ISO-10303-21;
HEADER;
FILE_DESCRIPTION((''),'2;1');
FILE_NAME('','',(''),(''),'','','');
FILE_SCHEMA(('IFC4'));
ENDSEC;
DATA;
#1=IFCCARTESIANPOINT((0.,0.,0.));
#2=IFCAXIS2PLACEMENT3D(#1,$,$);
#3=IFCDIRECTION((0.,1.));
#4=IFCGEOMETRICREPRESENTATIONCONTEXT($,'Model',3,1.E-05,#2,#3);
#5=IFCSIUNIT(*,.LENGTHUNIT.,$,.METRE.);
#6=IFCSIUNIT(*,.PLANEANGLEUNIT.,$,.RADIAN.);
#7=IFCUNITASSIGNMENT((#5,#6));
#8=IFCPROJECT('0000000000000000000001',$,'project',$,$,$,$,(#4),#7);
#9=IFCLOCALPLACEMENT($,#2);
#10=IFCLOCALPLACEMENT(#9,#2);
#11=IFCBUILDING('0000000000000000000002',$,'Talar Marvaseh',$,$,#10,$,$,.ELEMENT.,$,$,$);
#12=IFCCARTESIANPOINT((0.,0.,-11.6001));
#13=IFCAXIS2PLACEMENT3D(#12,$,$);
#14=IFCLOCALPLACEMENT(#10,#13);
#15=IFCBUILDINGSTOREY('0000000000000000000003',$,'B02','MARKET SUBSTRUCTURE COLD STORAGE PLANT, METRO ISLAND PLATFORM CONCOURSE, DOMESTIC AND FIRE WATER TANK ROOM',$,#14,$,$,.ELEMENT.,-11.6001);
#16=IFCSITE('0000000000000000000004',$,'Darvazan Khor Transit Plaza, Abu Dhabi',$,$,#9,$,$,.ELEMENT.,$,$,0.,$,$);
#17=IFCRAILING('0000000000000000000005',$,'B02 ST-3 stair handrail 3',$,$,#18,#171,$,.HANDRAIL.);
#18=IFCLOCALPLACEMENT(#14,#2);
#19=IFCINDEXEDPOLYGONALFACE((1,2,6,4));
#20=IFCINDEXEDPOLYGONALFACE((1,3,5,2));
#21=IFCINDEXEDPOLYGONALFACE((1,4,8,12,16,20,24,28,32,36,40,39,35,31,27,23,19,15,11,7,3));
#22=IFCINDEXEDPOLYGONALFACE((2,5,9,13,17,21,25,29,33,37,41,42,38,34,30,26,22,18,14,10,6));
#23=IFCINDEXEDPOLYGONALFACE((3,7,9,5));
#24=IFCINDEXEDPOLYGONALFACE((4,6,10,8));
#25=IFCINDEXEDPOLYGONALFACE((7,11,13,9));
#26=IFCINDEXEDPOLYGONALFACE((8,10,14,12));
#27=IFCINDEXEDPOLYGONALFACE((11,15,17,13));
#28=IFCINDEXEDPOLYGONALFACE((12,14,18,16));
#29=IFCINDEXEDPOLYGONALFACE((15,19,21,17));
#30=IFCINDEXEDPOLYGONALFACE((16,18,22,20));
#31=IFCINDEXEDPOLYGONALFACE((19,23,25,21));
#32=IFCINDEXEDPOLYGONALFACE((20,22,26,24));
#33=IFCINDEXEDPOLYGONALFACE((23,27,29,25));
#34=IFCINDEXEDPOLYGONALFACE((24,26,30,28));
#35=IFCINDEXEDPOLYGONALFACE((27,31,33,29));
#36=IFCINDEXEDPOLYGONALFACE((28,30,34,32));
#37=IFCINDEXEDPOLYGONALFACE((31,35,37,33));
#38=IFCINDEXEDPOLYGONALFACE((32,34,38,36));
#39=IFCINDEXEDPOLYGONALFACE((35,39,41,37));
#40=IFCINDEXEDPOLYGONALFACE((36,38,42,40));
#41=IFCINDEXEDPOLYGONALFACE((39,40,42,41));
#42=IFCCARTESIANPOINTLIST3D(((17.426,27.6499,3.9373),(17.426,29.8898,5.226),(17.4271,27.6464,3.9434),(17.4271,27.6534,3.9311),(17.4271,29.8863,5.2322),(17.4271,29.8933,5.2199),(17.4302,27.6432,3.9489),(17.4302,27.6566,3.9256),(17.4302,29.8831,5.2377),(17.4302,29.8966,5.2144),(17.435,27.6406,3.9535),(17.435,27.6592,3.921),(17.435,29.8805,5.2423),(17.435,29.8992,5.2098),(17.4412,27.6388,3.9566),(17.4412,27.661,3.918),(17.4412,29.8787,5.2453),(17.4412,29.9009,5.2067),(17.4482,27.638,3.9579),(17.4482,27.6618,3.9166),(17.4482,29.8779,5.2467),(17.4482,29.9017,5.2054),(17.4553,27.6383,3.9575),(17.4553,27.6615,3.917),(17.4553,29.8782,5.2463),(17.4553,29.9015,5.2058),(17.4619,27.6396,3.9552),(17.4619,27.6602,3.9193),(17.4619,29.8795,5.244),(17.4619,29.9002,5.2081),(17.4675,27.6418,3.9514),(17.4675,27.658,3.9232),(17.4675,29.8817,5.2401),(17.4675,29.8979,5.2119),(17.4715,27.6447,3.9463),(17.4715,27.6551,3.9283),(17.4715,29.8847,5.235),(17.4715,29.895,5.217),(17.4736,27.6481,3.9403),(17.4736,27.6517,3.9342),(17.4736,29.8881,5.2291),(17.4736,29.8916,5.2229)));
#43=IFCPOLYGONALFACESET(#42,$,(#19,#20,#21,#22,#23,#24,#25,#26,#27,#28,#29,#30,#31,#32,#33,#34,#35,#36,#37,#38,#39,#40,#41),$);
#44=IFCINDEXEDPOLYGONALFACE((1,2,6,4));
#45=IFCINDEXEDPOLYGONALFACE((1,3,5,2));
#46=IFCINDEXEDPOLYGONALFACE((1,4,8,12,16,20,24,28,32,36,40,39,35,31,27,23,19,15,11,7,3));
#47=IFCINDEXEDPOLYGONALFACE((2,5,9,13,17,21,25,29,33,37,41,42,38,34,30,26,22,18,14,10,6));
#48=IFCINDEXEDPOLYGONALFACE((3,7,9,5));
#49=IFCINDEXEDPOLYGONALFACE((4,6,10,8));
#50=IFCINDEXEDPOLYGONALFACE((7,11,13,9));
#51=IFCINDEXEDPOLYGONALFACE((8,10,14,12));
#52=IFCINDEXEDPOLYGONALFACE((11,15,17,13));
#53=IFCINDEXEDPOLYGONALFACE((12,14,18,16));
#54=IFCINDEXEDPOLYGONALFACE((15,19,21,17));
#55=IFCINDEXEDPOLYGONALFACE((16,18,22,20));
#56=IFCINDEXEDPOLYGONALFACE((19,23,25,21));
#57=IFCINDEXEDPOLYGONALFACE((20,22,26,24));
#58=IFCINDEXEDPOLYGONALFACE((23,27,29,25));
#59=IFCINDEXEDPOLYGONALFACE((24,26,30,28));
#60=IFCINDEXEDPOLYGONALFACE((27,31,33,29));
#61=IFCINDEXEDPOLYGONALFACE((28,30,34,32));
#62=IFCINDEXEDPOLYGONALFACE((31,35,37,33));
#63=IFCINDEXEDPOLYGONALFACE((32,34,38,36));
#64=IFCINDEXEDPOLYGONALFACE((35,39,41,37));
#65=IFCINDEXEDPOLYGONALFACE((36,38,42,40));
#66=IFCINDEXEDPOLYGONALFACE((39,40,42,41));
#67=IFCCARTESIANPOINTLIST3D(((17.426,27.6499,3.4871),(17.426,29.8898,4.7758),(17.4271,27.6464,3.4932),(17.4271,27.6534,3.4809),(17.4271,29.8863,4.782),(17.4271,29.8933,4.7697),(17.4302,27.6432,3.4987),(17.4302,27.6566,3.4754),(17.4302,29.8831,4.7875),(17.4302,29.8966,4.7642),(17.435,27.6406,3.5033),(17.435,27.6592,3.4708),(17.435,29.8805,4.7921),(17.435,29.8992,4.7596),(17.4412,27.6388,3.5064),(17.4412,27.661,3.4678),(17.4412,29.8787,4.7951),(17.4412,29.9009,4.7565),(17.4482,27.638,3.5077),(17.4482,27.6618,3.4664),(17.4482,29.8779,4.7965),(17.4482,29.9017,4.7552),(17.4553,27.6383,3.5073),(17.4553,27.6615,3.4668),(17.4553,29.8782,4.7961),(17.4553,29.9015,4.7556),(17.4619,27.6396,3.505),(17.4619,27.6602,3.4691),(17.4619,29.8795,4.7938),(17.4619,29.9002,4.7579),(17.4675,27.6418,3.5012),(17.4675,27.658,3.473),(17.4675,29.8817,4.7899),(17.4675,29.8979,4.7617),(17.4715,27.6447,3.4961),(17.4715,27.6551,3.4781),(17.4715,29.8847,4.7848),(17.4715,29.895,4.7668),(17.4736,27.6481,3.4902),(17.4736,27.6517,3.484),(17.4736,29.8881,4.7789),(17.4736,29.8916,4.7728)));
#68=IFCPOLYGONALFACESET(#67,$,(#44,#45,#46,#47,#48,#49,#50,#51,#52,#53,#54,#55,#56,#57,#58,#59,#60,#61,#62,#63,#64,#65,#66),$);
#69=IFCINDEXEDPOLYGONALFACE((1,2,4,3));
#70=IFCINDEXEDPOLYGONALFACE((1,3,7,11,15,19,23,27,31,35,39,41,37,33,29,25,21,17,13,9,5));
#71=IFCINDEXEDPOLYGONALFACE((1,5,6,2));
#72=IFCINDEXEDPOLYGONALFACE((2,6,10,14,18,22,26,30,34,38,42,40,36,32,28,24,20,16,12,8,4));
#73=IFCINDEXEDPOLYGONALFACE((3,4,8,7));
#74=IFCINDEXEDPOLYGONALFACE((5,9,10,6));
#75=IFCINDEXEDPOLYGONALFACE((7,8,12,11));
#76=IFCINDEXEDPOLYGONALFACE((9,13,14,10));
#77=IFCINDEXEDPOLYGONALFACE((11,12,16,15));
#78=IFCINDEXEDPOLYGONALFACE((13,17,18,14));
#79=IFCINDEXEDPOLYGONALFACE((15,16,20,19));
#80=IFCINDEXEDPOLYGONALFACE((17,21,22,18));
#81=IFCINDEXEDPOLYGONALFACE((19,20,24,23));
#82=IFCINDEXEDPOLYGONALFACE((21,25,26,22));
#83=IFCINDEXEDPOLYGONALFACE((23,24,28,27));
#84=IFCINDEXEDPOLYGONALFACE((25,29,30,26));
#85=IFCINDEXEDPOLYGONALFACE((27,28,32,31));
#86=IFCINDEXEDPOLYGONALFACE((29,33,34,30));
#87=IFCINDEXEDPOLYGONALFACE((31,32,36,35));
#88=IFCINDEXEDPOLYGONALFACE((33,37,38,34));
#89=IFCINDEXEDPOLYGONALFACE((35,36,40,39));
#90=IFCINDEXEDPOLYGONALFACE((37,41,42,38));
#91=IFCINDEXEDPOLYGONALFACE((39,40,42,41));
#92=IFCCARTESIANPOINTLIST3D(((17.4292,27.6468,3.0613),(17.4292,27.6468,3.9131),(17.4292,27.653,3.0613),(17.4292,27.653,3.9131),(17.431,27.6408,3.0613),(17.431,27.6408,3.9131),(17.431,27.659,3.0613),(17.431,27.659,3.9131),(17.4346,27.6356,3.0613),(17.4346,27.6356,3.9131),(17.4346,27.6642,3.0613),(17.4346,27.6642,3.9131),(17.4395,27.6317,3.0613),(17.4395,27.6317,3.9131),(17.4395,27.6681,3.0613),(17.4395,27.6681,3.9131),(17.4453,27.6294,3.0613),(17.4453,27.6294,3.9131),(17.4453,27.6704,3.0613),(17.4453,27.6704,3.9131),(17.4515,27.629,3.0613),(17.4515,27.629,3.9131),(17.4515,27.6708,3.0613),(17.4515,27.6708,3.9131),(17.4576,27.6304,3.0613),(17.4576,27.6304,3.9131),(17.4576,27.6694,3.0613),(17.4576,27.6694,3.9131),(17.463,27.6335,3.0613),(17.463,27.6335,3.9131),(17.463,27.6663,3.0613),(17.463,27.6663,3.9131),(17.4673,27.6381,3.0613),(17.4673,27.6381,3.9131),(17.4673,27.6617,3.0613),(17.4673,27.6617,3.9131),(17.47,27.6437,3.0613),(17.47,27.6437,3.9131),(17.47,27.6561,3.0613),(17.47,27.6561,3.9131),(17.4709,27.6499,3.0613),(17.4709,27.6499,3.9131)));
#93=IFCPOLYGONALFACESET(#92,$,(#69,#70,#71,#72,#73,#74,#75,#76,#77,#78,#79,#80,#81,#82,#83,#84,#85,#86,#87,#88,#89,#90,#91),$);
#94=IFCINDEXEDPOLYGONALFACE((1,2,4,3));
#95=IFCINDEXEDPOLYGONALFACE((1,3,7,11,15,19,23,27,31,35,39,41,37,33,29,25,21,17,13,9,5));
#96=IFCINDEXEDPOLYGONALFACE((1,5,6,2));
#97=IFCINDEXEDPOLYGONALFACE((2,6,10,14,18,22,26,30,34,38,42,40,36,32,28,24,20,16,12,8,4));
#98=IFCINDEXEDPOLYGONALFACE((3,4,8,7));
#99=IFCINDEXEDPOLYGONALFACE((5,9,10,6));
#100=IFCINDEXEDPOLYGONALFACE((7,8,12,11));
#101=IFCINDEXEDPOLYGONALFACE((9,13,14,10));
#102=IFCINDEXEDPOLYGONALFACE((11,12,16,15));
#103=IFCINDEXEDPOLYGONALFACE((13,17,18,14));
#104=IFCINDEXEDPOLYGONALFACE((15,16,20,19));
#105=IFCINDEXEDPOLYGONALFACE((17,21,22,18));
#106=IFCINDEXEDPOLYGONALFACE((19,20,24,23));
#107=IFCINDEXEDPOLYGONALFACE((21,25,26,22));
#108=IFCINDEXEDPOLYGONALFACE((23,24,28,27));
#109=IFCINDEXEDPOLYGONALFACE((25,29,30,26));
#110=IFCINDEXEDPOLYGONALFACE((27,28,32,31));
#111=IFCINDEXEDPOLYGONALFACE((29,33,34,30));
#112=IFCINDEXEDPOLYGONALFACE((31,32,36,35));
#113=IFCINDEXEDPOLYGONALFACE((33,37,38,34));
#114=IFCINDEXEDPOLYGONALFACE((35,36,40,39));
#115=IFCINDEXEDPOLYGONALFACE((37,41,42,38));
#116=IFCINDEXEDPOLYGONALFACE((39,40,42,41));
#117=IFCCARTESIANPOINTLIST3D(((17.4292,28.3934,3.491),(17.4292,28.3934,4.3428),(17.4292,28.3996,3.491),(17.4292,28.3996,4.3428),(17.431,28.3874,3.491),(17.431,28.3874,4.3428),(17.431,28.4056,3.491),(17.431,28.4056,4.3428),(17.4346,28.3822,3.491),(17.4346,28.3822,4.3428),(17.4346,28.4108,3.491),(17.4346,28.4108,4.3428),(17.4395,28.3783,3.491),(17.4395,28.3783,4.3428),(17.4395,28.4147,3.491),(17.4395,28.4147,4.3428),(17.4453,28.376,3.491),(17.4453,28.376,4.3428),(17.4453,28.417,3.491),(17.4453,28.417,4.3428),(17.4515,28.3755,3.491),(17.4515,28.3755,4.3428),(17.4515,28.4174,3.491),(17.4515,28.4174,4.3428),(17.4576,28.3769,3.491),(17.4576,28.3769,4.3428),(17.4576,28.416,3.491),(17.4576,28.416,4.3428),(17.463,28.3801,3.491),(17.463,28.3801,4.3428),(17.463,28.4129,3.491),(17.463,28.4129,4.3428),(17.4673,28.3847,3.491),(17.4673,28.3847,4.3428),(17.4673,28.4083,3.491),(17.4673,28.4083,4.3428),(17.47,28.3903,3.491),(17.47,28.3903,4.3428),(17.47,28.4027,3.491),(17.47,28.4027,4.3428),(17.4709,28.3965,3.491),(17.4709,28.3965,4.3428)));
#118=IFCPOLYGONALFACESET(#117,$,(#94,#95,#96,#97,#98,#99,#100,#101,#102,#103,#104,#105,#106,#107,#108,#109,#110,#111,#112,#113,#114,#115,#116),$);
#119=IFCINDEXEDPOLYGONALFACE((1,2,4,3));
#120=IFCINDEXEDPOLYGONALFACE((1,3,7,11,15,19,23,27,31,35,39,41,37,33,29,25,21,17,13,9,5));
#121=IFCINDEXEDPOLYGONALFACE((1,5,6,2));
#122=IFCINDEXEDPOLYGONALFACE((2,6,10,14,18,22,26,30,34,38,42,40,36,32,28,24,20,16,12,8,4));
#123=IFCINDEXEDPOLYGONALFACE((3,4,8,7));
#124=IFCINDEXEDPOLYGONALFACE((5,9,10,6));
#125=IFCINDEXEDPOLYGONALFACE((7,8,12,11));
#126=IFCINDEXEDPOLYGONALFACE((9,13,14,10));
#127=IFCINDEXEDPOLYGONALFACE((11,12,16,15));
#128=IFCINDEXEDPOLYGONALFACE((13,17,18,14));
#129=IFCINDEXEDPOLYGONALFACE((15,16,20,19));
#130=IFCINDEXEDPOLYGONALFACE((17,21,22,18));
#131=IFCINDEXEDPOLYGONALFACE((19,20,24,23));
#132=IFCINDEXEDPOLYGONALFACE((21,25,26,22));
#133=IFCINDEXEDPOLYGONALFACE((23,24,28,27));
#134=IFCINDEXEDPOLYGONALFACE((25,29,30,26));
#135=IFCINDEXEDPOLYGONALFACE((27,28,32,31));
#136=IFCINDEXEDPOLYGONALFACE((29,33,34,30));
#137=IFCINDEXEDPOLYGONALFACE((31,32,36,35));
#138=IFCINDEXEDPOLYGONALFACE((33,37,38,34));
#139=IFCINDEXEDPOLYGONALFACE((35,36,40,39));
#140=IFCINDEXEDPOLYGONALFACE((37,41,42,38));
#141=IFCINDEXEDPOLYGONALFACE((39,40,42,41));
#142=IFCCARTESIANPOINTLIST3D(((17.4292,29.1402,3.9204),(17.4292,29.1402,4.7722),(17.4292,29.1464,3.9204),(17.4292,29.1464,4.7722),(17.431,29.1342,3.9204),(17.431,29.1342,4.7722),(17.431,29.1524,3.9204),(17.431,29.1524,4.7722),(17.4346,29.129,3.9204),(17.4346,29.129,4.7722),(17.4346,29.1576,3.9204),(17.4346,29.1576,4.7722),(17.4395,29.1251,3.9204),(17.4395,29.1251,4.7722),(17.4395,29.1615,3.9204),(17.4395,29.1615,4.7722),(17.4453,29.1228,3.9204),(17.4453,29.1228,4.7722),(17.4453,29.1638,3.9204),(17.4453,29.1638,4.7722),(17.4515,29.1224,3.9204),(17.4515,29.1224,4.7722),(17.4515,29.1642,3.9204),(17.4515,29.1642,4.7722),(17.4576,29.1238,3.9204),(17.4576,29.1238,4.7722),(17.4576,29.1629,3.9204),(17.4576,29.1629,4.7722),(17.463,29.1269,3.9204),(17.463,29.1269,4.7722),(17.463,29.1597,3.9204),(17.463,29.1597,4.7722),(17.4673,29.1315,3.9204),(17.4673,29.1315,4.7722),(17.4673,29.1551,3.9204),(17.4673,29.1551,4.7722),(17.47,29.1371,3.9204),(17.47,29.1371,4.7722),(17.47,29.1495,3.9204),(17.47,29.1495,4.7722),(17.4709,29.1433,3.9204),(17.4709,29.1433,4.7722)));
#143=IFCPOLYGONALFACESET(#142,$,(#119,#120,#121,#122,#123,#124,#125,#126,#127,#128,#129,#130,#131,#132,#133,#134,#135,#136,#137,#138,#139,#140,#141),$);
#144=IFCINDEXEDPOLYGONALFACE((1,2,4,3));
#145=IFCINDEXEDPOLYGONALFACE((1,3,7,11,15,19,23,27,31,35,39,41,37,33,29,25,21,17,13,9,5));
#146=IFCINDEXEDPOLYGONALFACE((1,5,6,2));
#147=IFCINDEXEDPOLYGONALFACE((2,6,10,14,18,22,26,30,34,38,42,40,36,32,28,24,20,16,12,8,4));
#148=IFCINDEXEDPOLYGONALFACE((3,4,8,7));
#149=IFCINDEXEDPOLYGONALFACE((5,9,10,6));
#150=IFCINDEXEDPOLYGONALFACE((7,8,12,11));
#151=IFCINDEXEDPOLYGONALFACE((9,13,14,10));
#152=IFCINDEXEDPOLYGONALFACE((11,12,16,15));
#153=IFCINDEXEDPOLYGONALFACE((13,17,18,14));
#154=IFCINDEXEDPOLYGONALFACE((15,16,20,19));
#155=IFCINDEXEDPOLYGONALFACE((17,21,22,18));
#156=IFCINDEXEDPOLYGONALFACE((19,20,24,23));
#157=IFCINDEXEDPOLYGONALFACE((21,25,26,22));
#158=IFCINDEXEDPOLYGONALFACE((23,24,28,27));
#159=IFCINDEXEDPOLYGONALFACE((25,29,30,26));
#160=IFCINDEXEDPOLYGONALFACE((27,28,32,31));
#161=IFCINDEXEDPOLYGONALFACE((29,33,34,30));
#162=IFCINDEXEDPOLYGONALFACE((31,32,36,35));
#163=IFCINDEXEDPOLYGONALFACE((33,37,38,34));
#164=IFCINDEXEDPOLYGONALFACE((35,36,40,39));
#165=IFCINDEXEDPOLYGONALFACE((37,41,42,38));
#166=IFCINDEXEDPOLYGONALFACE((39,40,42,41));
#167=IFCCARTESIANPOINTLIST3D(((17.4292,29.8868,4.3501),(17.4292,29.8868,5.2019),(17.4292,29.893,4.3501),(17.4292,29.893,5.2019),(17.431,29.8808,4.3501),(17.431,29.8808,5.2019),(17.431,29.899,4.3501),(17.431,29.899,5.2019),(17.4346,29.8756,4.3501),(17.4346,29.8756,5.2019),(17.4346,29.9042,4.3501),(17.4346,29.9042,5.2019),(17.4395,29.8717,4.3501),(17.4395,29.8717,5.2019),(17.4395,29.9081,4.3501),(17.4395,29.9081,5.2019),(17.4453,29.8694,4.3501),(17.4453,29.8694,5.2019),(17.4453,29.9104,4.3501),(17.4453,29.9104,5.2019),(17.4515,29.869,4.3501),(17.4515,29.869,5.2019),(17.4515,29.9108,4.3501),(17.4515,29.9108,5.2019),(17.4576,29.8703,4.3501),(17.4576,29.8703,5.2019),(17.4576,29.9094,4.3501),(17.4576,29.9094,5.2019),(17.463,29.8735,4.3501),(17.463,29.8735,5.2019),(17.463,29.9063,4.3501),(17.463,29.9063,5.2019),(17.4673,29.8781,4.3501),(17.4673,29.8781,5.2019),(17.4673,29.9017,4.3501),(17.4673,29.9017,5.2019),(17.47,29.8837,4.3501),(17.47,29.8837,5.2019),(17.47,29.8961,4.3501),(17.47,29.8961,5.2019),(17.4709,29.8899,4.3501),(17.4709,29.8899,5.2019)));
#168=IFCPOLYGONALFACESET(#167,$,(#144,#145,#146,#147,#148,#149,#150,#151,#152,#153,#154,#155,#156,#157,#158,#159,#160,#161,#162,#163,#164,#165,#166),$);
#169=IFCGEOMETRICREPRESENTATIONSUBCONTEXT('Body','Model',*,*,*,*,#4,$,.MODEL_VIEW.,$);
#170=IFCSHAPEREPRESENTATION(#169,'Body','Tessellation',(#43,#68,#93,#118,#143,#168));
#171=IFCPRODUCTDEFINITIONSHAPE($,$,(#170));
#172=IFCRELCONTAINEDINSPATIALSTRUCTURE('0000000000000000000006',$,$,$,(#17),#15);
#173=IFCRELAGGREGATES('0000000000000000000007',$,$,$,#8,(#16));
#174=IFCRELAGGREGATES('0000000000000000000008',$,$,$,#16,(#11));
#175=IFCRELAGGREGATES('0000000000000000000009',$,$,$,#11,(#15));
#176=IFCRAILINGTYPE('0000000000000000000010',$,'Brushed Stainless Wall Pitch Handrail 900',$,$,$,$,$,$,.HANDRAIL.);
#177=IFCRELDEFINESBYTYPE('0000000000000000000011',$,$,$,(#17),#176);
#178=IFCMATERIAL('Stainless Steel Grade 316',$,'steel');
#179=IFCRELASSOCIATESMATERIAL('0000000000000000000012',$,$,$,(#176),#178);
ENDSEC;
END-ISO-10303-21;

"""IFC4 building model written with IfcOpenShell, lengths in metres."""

from ifc_helpers import new_model, si_unit, direction, frame, origin, origin_2d, place, context, subcontext, project, spatial, circle, extrude, material, type_object, element, save


model = new_model("IFC4")

# Units and contexts
model_context = context("Model", 3, precision=1e-05, world=origin(), true_north=direction((0.0, 1.0)))
body_context = subcontext(model_context, "Body", "Model", "MODEL_VIEW")
ifc_project = project(units=[si_unit("LENGTHUNIT", "METRE"), si_unit("PLANEANGLEUNIT", "RADIAN")], contexts=[model_context])

# Site, building, storey
site_placement = place(None, origin())
site = spatial("IfcSite", under=ifc_project, at=site_placement, Name="Darvazan Khor Transit Plaza, Abu Dhabi", CompositionType="ELEMENT", RefElevation=0.0)
building_placement = place(site_placement, origin())
building = spatial("IfcBuilding", under=site, at=building_placement, Name="Talar Marvaseh", CompositionType="ELEMENT")
storey_placement = place(building_placement, frame((0.0, 0.0, -11.6001)))
storey = spatial("IfcBuildingStorey", under=building, at=storey_placement, Name="B02", Description="MARKET SUBSTRUCTURE COLD STORAGE PLANT, METRO ISLAND PLATFORM CONCOURSE, DOMESTIC AND FIRE WATER TANK ROOM", CompositionType="ELEMENT", Elevation=-11.6001)

# Railing
ifc_material_1 = material(Name="Stainless Steel Grade 316", Category="steel")
railing_type_1 = type_object("IfcRailingType", Name="Brushed Stainless Wall Pitch Handrail 900", PredefinedType="HANDRAIL", material=ifc_material_1)
railing_1_placement = place(storey_placement, frame((17.45, 27.6499, 3.0613)))
element("IfcRailing", 1, at=railing_1_placement, inside=storey, type_object=railing_type_1, Name="B02 ST-3 stair handrail 3", PredefinedType="HANDRAIL", context=body_context, shape_type="SweptSolid", body=[
    extrude(circle(Radius=0.0239, at=origin_2d()), frame((0.0, 0.0, 0.876), z_axis=(0.0, 0.866768, 0.498711), x_axis=(-1.0, 0.0, 0.0)), (0.0, 0.0, 1.0), 2.5842),
    extrude(circle(Radius=0.0239, at=origin_2d()), frame((0.0, 0.0, 0.4258), z_axis=(0.0, 0.866768, 0.498711), x_axis=(-1.0, 0.0, 0.0)), (0.0, 0.0, 1.0), 2.5842),
    extrude(circle(Radius=0.021, at=origin_2d()), origin(), (0.0, 0.0, 1.0), 0.8518),
    extrude(circle(Radius=0.021, at=origin_2d()), frame((0.0, 0.7466, 0.4297)), (0.0, 0.0, 1.0), 0.8518),
    extrude(circle(Radius=0.021, at=origin_2d()), frame((0.0, 1.4934, 0.8591)), (0.0, 0.0, 1.0), 0.8518),
    extrude(circle(Radius=0.021, at=origin_2d()), frame((0.0, 2.24, 1.2888)), (0.0, 0.0, 1.0), 0.8518),
])

save(model, "model.ifc")
